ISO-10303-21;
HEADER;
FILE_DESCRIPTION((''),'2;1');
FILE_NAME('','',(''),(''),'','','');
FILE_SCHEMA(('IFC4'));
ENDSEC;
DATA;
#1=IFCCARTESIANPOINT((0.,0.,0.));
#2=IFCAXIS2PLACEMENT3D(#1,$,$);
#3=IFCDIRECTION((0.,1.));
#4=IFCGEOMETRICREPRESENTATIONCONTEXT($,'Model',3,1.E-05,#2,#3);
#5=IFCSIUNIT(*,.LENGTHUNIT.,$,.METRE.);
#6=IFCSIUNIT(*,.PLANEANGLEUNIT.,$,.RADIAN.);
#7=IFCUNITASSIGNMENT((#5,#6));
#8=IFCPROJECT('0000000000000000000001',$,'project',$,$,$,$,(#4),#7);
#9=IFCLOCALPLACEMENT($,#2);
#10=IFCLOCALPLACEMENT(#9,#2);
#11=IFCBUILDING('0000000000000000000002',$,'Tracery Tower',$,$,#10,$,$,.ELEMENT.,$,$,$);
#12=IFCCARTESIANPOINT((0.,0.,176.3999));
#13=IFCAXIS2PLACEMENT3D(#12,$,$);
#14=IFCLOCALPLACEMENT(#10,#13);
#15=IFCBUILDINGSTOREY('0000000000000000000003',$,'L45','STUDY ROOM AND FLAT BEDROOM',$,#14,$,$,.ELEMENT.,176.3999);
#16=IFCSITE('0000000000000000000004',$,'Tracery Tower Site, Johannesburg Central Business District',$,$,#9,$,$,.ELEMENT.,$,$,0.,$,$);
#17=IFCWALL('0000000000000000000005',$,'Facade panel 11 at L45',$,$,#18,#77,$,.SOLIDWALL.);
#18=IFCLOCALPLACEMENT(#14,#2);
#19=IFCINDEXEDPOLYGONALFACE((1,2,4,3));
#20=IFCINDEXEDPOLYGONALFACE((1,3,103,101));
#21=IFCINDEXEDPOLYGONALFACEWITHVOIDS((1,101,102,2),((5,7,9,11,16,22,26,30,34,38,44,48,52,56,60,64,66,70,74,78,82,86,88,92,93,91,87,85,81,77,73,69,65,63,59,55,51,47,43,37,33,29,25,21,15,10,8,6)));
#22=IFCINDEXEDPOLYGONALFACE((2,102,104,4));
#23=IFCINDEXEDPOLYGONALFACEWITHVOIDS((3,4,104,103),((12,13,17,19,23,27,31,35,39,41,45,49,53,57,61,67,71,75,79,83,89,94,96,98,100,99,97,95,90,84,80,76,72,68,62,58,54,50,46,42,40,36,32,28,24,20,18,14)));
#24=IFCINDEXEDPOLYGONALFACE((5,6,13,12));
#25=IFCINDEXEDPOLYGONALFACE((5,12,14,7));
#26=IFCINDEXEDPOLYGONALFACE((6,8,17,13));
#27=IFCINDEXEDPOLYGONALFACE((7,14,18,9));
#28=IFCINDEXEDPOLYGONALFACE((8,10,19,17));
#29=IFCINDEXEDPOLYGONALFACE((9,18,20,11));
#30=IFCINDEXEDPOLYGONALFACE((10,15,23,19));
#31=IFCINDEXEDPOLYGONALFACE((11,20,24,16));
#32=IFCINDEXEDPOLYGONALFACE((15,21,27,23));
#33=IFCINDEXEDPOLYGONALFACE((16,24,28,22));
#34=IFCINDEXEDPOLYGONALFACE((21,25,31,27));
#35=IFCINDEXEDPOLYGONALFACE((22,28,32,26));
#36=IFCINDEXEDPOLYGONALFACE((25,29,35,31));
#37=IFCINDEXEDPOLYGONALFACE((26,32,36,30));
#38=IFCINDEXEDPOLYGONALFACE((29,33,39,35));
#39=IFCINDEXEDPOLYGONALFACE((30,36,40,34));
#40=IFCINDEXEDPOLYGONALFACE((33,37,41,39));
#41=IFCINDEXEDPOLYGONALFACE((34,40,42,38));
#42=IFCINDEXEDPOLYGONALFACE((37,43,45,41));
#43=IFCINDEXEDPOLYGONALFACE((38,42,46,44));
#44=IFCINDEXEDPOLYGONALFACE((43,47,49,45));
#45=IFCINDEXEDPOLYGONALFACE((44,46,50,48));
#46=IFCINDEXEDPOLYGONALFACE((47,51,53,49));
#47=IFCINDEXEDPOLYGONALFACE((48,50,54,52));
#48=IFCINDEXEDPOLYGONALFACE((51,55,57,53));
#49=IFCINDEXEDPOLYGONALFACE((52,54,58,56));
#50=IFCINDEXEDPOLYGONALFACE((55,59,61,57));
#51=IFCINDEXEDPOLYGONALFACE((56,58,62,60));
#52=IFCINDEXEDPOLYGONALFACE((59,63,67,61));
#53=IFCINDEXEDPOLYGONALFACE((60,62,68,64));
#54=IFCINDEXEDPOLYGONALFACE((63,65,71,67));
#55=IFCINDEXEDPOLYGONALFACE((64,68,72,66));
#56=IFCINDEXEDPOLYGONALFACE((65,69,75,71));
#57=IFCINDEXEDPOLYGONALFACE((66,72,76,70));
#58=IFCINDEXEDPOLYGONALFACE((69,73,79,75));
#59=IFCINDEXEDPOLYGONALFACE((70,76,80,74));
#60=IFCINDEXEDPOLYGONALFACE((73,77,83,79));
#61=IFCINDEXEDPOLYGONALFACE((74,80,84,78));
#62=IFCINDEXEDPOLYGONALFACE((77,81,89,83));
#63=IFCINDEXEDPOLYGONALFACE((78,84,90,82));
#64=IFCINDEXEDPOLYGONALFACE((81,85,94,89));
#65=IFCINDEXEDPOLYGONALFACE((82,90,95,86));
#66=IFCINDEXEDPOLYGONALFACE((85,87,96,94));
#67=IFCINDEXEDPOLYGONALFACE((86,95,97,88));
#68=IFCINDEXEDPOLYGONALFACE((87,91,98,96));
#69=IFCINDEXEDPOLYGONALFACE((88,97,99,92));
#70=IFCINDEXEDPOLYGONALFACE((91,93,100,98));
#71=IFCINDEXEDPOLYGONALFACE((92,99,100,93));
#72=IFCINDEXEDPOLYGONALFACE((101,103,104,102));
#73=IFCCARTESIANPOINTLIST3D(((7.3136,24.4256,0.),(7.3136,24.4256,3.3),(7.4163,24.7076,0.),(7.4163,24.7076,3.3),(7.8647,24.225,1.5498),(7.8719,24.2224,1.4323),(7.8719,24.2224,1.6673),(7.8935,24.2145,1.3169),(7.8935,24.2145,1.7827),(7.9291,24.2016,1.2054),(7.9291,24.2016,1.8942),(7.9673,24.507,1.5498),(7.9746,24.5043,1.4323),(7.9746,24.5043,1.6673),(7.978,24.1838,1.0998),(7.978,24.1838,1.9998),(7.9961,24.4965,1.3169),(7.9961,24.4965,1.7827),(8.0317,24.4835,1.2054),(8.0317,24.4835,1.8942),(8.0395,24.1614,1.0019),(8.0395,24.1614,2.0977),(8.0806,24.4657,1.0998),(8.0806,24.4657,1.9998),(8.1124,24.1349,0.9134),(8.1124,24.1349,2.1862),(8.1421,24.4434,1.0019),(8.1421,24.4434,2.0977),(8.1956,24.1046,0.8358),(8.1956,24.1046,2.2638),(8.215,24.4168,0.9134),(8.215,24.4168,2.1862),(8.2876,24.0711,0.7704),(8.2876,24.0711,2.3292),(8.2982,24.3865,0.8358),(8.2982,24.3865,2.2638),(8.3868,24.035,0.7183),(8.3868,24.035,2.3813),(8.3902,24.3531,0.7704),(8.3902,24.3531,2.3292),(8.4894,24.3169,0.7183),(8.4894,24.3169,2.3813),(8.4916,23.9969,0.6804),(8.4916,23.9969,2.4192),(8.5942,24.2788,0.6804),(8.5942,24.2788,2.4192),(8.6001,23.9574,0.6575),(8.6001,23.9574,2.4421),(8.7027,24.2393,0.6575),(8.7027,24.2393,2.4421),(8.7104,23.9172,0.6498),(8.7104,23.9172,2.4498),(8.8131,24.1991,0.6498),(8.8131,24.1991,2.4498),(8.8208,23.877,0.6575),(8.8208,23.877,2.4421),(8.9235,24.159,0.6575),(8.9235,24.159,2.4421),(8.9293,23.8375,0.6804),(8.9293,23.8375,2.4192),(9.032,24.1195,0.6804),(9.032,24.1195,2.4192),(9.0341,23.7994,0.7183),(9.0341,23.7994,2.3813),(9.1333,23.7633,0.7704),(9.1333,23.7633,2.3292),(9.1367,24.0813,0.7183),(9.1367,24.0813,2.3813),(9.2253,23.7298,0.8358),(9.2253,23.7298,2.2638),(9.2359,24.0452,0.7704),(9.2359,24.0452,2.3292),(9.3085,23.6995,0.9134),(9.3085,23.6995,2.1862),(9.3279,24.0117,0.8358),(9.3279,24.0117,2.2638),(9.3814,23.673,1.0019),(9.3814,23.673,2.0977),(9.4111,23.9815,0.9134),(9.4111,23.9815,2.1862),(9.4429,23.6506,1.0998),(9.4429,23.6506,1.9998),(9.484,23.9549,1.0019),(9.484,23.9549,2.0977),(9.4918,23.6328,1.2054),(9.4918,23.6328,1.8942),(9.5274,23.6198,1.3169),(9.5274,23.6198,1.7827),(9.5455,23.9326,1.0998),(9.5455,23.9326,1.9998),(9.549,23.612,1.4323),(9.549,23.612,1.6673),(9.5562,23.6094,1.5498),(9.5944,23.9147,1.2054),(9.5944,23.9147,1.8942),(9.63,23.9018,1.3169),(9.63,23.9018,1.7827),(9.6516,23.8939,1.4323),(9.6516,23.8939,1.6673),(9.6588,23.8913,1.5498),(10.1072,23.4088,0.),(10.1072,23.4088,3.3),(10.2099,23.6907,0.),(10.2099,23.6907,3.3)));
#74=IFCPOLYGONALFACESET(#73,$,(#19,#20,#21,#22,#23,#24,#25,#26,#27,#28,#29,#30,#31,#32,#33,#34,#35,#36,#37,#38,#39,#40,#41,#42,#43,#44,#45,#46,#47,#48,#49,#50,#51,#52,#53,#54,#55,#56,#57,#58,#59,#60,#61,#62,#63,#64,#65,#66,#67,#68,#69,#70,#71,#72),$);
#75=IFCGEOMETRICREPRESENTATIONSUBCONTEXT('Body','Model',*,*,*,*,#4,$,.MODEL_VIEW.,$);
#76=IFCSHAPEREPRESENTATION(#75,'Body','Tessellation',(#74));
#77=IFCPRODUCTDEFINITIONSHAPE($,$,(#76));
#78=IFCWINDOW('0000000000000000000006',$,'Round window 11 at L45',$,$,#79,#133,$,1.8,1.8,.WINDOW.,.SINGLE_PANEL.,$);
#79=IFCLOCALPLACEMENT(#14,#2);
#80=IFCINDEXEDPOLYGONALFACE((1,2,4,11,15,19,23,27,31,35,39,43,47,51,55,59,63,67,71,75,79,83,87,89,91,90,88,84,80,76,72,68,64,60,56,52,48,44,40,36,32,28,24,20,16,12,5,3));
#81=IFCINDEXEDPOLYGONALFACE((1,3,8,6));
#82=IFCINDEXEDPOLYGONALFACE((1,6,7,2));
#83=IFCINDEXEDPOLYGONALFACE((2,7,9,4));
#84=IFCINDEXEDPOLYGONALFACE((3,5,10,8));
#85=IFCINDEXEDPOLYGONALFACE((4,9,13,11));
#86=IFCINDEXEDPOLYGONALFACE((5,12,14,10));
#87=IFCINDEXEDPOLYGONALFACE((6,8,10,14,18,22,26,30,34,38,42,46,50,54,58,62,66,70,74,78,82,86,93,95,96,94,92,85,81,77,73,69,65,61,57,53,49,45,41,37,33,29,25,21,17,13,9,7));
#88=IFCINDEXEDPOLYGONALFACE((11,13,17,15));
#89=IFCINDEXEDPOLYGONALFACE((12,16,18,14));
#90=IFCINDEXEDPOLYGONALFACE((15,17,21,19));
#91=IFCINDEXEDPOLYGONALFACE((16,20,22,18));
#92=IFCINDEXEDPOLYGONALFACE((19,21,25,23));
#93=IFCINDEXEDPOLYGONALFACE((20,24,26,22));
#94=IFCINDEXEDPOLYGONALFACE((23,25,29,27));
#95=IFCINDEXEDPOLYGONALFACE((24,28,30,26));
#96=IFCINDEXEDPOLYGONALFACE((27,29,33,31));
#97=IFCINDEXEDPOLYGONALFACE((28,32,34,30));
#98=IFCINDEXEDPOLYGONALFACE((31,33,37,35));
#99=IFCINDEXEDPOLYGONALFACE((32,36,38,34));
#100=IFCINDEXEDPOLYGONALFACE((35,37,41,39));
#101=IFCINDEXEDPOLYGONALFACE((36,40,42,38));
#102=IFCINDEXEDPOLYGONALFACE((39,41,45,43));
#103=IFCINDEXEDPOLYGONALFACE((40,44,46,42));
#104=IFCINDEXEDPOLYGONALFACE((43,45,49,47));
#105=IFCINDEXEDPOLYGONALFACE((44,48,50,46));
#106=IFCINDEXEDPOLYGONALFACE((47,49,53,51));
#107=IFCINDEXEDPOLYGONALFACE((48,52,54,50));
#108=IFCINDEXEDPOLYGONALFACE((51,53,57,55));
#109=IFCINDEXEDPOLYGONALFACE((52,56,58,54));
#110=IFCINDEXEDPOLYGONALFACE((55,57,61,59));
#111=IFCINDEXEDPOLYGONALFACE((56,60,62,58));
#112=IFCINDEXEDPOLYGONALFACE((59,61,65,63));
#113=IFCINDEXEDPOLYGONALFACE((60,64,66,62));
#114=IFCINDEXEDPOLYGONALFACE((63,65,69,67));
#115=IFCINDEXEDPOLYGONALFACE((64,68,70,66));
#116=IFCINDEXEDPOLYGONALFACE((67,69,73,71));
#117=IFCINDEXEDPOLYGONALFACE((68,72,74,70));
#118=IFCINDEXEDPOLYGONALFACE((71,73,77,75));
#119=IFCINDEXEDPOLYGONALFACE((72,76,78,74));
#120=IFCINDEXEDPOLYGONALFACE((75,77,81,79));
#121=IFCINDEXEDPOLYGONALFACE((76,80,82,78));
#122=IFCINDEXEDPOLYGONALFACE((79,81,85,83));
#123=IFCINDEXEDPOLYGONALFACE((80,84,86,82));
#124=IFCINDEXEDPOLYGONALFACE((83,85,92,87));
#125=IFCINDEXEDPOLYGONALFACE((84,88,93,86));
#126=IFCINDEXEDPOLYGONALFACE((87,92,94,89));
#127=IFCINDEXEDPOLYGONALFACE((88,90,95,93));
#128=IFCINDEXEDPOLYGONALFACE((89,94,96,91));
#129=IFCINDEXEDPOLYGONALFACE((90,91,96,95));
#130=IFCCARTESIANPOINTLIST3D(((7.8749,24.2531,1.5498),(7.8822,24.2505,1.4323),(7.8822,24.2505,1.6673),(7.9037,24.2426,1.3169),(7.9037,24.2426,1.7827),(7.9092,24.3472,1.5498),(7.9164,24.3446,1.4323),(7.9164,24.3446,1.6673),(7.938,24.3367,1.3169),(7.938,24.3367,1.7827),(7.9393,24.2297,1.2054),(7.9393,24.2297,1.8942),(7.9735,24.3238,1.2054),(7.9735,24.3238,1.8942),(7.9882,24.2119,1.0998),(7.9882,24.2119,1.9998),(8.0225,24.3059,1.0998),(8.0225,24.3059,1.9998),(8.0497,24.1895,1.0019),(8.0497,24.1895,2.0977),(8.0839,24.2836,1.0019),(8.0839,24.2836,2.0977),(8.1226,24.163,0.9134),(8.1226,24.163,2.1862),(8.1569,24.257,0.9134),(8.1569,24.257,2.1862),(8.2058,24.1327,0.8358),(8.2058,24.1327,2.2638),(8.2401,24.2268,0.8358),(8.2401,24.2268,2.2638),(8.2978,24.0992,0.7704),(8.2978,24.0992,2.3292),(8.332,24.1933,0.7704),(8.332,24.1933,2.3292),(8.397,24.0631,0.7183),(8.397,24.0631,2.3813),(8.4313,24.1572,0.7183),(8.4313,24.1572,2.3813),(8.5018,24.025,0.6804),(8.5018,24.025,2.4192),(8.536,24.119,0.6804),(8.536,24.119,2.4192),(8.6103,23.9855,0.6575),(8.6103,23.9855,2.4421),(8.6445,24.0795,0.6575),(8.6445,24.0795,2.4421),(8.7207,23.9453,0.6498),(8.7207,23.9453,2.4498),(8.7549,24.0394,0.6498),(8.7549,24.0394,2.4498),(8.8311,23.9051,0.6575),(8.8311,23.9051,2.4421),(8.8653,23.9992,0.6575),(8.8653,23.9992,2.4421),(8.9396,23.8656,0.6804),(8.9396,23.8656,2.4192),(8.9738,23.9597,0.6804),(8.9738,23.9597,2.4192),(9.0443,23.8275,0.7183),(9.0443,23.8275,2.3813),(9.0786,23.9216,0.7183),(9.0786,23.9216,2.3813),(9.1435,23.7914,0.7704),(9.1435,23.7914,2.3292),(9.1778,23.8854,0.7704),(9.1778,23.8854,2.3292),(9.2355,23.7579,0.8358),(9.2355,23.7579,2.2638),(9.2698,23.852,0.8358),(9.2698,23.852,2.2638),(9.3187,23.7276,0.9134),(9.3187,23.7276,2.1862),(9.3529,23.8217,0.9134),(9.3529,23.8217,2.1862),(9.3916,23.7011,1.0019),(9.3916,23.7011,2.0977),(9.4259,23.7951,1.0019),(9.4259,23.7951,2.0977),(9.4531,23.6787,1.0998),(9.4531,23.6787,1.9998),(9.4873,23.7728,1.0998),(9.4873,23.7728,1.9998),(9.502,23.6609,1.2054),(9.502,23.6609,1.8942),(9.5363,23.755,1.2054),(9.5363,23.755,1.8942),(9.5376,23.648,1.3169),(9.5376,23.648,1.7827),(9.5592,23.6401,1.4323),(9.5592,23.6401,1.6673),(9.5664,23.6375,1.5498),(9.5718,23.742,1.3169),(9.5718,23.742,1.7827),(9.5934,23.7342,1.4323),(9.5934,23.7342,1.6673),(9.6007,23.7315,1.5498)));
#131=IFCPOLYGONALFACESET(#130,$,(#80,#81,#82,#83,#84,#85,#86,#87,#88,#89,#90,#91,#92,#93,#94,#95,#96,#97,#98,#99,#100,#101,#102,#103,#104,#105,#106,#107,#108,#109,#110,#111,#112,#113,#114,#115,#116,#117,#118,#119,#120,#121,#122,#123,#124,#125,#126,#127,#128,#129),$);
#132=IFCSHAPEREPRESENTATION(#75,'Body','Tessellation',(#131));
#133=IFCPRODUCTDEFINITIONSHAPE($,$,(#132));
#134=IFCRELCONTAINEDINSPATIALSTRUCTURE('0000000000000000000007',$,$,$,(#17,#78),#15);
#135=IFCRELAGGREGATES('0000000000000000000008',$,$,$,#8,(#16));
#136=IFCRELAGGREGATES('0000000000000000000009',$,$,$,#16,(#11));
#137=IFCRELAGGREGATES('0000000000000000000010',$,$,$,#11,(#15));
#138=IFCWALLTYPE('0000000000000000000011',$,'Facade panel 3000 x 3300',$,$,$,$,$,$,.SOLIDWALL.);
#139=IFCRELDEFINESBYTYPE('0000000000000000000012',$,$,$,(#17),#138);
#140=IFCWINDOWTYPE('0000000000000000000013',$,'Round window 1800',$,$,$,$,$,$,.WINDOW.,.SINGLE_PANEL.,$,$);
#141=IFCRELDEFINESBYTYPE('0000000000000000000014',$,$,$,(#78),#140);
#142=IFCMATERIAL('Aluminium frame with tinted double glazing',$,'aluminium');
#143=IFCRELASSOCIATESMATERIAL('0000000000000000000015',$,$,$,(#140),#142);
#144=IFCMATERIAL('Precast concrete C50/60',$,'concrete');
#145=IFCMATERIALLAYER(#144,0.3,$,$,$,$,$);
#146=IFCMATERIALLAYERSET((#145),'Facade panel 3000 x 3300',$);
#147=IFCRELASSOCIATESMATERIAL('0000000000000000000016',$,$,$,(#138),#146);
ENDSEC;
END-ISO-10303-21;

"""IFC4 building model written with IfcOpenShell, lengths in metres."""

from ifc_helpers import new_model, si_unit, direction, frame, frame_2d, origin, origin_2d, place, context, subcontext, project, spatial, rectangle, circle, extrude, material, layer, layer_set, type_object, element, fill, save


model = new_model("IFC4")

# Units and contexts
model_context = context("Model", 3, precision=1e-05, world=origin(), true_north=direction((0.0, 1.0)))
body_context = subcontext(model_context, "Body", "Model", "MODEL_VIEW")
ifc_project = project(units=[si_unit("LENGTHUNIT", "METRE"), si_unit("PLANEANGLEUNIT", "RADIAN")], contexts=[model_context])

# Site, building, storey
site_placement = place(None, origin())
site = spatial("IfcSite", under=ifc_project, at=site_placement, Name="Tracery Tower Site, Johannesburg Central Business District", CompositionType="ELEMENT", RefElevation=0.0)
building_placement = place(site_placement, origin())
building = spatial("IfcBuilding", under=site, at=building_placement, Name="Tracery Tower", CompositionType="ELEMENT")
storey_placement = place(building_placement, frame((0.0, 0.0, 176.3999)))
storey = spatial("IfcBuildingStorey", under=building, at=storey_placement, Name="L45", Description="STUDY ROOM AND FLAT BEDROOM", CompositionType="ELEMENT", Elevation=176.3999)

# Wall, opening, window
ifc_material_1 = material(Name="Aluminium frame with tinted double glazing", Category="aluminium")
window_type = type_object("IfcWindowType", Name="Round window 1800", PartitioningType="SINGLE_PANEL", PredefinedType="WINDOW", material=ifc_material_1)
ifc_material_2 = material(Name="Precast concrete C50/60", Category="concrete")
ifc_layer_1 = layer(ifc_material_2, 0.3)
ifc_layer_set_1 = layer_set([ifc_layer_1], Name="Facade panel 3000 x 3300")
wall_type_1 = type_object("IfcWallType", Name="Facade panel 3000 x 3300", PredefinedType="SOLIDWALL", material=ifc_layer_set_1)
wall_1_placement = place(storey_placement, frame((10.1584, 23.5498, 0.0), z_axis=(0.0, 0.0, 1.0), x_axis=(-0.93969, 0.342027, 0.0)))
wall_1 = element("IfcWall", 1, at=wall_1_placement, inside=storey, type_object=wall_type_1, Name="Facade panel 11 at L45", PredefinedType="SOLIDWALL", context=body_context, shape_type="SweptSolid", body=[
    extrude(rectangle(XDim=2.9729, YDim=0.3, at=frame_2d((1.4863, 0.0))), origin(), (0.0, 0.0, 1.0), 3.3),
])
opening_1_placement = place(wall_1_placement, frame((1.4863, 0.0, 1.5498)))
opening_1 = element("IfcOpeningElement", 2, at=opening_1_placement, cuts=wall_1, PredefinedType="OPENING", context=body_context, shape_type="SweptSolid", body=[
    extrude(circle(Radius=0.9, at=origin_2d()), frame((0.0, 0.1599, 0.0), z_axis=(0.0, -1.0, 0.0), x_axis=(1.0, 0.0, 0.0)), (0.0, 0.0, 1.0), 0.3201),
])
window_1_placement = place(opening_1_placement, origin())
window_1 = element("IfcWindow", 3, at=window_1_placement, inside=storey, type_object=window_type, Name="Round window 11 at L45", OverallHeight=1.8, OverallWidth=1.8, PartitioningType="SINGLE_PANEL", PredefinedType="WINDOW", context=body_context, shape_type="SweptSolid", body=[
    extrude(circle(Radius=0.9, at=origin_2d()), frame((0.0, 0.1201, 0.0), z_axis=(0.0, -1.0, 0.0), x_axis=(1.0, 0.0, 0.0)), (0.0, 0.0, 1.0), 0.1001),
])
fill(opening_1, window_1)

save(model, "model.ifc")
